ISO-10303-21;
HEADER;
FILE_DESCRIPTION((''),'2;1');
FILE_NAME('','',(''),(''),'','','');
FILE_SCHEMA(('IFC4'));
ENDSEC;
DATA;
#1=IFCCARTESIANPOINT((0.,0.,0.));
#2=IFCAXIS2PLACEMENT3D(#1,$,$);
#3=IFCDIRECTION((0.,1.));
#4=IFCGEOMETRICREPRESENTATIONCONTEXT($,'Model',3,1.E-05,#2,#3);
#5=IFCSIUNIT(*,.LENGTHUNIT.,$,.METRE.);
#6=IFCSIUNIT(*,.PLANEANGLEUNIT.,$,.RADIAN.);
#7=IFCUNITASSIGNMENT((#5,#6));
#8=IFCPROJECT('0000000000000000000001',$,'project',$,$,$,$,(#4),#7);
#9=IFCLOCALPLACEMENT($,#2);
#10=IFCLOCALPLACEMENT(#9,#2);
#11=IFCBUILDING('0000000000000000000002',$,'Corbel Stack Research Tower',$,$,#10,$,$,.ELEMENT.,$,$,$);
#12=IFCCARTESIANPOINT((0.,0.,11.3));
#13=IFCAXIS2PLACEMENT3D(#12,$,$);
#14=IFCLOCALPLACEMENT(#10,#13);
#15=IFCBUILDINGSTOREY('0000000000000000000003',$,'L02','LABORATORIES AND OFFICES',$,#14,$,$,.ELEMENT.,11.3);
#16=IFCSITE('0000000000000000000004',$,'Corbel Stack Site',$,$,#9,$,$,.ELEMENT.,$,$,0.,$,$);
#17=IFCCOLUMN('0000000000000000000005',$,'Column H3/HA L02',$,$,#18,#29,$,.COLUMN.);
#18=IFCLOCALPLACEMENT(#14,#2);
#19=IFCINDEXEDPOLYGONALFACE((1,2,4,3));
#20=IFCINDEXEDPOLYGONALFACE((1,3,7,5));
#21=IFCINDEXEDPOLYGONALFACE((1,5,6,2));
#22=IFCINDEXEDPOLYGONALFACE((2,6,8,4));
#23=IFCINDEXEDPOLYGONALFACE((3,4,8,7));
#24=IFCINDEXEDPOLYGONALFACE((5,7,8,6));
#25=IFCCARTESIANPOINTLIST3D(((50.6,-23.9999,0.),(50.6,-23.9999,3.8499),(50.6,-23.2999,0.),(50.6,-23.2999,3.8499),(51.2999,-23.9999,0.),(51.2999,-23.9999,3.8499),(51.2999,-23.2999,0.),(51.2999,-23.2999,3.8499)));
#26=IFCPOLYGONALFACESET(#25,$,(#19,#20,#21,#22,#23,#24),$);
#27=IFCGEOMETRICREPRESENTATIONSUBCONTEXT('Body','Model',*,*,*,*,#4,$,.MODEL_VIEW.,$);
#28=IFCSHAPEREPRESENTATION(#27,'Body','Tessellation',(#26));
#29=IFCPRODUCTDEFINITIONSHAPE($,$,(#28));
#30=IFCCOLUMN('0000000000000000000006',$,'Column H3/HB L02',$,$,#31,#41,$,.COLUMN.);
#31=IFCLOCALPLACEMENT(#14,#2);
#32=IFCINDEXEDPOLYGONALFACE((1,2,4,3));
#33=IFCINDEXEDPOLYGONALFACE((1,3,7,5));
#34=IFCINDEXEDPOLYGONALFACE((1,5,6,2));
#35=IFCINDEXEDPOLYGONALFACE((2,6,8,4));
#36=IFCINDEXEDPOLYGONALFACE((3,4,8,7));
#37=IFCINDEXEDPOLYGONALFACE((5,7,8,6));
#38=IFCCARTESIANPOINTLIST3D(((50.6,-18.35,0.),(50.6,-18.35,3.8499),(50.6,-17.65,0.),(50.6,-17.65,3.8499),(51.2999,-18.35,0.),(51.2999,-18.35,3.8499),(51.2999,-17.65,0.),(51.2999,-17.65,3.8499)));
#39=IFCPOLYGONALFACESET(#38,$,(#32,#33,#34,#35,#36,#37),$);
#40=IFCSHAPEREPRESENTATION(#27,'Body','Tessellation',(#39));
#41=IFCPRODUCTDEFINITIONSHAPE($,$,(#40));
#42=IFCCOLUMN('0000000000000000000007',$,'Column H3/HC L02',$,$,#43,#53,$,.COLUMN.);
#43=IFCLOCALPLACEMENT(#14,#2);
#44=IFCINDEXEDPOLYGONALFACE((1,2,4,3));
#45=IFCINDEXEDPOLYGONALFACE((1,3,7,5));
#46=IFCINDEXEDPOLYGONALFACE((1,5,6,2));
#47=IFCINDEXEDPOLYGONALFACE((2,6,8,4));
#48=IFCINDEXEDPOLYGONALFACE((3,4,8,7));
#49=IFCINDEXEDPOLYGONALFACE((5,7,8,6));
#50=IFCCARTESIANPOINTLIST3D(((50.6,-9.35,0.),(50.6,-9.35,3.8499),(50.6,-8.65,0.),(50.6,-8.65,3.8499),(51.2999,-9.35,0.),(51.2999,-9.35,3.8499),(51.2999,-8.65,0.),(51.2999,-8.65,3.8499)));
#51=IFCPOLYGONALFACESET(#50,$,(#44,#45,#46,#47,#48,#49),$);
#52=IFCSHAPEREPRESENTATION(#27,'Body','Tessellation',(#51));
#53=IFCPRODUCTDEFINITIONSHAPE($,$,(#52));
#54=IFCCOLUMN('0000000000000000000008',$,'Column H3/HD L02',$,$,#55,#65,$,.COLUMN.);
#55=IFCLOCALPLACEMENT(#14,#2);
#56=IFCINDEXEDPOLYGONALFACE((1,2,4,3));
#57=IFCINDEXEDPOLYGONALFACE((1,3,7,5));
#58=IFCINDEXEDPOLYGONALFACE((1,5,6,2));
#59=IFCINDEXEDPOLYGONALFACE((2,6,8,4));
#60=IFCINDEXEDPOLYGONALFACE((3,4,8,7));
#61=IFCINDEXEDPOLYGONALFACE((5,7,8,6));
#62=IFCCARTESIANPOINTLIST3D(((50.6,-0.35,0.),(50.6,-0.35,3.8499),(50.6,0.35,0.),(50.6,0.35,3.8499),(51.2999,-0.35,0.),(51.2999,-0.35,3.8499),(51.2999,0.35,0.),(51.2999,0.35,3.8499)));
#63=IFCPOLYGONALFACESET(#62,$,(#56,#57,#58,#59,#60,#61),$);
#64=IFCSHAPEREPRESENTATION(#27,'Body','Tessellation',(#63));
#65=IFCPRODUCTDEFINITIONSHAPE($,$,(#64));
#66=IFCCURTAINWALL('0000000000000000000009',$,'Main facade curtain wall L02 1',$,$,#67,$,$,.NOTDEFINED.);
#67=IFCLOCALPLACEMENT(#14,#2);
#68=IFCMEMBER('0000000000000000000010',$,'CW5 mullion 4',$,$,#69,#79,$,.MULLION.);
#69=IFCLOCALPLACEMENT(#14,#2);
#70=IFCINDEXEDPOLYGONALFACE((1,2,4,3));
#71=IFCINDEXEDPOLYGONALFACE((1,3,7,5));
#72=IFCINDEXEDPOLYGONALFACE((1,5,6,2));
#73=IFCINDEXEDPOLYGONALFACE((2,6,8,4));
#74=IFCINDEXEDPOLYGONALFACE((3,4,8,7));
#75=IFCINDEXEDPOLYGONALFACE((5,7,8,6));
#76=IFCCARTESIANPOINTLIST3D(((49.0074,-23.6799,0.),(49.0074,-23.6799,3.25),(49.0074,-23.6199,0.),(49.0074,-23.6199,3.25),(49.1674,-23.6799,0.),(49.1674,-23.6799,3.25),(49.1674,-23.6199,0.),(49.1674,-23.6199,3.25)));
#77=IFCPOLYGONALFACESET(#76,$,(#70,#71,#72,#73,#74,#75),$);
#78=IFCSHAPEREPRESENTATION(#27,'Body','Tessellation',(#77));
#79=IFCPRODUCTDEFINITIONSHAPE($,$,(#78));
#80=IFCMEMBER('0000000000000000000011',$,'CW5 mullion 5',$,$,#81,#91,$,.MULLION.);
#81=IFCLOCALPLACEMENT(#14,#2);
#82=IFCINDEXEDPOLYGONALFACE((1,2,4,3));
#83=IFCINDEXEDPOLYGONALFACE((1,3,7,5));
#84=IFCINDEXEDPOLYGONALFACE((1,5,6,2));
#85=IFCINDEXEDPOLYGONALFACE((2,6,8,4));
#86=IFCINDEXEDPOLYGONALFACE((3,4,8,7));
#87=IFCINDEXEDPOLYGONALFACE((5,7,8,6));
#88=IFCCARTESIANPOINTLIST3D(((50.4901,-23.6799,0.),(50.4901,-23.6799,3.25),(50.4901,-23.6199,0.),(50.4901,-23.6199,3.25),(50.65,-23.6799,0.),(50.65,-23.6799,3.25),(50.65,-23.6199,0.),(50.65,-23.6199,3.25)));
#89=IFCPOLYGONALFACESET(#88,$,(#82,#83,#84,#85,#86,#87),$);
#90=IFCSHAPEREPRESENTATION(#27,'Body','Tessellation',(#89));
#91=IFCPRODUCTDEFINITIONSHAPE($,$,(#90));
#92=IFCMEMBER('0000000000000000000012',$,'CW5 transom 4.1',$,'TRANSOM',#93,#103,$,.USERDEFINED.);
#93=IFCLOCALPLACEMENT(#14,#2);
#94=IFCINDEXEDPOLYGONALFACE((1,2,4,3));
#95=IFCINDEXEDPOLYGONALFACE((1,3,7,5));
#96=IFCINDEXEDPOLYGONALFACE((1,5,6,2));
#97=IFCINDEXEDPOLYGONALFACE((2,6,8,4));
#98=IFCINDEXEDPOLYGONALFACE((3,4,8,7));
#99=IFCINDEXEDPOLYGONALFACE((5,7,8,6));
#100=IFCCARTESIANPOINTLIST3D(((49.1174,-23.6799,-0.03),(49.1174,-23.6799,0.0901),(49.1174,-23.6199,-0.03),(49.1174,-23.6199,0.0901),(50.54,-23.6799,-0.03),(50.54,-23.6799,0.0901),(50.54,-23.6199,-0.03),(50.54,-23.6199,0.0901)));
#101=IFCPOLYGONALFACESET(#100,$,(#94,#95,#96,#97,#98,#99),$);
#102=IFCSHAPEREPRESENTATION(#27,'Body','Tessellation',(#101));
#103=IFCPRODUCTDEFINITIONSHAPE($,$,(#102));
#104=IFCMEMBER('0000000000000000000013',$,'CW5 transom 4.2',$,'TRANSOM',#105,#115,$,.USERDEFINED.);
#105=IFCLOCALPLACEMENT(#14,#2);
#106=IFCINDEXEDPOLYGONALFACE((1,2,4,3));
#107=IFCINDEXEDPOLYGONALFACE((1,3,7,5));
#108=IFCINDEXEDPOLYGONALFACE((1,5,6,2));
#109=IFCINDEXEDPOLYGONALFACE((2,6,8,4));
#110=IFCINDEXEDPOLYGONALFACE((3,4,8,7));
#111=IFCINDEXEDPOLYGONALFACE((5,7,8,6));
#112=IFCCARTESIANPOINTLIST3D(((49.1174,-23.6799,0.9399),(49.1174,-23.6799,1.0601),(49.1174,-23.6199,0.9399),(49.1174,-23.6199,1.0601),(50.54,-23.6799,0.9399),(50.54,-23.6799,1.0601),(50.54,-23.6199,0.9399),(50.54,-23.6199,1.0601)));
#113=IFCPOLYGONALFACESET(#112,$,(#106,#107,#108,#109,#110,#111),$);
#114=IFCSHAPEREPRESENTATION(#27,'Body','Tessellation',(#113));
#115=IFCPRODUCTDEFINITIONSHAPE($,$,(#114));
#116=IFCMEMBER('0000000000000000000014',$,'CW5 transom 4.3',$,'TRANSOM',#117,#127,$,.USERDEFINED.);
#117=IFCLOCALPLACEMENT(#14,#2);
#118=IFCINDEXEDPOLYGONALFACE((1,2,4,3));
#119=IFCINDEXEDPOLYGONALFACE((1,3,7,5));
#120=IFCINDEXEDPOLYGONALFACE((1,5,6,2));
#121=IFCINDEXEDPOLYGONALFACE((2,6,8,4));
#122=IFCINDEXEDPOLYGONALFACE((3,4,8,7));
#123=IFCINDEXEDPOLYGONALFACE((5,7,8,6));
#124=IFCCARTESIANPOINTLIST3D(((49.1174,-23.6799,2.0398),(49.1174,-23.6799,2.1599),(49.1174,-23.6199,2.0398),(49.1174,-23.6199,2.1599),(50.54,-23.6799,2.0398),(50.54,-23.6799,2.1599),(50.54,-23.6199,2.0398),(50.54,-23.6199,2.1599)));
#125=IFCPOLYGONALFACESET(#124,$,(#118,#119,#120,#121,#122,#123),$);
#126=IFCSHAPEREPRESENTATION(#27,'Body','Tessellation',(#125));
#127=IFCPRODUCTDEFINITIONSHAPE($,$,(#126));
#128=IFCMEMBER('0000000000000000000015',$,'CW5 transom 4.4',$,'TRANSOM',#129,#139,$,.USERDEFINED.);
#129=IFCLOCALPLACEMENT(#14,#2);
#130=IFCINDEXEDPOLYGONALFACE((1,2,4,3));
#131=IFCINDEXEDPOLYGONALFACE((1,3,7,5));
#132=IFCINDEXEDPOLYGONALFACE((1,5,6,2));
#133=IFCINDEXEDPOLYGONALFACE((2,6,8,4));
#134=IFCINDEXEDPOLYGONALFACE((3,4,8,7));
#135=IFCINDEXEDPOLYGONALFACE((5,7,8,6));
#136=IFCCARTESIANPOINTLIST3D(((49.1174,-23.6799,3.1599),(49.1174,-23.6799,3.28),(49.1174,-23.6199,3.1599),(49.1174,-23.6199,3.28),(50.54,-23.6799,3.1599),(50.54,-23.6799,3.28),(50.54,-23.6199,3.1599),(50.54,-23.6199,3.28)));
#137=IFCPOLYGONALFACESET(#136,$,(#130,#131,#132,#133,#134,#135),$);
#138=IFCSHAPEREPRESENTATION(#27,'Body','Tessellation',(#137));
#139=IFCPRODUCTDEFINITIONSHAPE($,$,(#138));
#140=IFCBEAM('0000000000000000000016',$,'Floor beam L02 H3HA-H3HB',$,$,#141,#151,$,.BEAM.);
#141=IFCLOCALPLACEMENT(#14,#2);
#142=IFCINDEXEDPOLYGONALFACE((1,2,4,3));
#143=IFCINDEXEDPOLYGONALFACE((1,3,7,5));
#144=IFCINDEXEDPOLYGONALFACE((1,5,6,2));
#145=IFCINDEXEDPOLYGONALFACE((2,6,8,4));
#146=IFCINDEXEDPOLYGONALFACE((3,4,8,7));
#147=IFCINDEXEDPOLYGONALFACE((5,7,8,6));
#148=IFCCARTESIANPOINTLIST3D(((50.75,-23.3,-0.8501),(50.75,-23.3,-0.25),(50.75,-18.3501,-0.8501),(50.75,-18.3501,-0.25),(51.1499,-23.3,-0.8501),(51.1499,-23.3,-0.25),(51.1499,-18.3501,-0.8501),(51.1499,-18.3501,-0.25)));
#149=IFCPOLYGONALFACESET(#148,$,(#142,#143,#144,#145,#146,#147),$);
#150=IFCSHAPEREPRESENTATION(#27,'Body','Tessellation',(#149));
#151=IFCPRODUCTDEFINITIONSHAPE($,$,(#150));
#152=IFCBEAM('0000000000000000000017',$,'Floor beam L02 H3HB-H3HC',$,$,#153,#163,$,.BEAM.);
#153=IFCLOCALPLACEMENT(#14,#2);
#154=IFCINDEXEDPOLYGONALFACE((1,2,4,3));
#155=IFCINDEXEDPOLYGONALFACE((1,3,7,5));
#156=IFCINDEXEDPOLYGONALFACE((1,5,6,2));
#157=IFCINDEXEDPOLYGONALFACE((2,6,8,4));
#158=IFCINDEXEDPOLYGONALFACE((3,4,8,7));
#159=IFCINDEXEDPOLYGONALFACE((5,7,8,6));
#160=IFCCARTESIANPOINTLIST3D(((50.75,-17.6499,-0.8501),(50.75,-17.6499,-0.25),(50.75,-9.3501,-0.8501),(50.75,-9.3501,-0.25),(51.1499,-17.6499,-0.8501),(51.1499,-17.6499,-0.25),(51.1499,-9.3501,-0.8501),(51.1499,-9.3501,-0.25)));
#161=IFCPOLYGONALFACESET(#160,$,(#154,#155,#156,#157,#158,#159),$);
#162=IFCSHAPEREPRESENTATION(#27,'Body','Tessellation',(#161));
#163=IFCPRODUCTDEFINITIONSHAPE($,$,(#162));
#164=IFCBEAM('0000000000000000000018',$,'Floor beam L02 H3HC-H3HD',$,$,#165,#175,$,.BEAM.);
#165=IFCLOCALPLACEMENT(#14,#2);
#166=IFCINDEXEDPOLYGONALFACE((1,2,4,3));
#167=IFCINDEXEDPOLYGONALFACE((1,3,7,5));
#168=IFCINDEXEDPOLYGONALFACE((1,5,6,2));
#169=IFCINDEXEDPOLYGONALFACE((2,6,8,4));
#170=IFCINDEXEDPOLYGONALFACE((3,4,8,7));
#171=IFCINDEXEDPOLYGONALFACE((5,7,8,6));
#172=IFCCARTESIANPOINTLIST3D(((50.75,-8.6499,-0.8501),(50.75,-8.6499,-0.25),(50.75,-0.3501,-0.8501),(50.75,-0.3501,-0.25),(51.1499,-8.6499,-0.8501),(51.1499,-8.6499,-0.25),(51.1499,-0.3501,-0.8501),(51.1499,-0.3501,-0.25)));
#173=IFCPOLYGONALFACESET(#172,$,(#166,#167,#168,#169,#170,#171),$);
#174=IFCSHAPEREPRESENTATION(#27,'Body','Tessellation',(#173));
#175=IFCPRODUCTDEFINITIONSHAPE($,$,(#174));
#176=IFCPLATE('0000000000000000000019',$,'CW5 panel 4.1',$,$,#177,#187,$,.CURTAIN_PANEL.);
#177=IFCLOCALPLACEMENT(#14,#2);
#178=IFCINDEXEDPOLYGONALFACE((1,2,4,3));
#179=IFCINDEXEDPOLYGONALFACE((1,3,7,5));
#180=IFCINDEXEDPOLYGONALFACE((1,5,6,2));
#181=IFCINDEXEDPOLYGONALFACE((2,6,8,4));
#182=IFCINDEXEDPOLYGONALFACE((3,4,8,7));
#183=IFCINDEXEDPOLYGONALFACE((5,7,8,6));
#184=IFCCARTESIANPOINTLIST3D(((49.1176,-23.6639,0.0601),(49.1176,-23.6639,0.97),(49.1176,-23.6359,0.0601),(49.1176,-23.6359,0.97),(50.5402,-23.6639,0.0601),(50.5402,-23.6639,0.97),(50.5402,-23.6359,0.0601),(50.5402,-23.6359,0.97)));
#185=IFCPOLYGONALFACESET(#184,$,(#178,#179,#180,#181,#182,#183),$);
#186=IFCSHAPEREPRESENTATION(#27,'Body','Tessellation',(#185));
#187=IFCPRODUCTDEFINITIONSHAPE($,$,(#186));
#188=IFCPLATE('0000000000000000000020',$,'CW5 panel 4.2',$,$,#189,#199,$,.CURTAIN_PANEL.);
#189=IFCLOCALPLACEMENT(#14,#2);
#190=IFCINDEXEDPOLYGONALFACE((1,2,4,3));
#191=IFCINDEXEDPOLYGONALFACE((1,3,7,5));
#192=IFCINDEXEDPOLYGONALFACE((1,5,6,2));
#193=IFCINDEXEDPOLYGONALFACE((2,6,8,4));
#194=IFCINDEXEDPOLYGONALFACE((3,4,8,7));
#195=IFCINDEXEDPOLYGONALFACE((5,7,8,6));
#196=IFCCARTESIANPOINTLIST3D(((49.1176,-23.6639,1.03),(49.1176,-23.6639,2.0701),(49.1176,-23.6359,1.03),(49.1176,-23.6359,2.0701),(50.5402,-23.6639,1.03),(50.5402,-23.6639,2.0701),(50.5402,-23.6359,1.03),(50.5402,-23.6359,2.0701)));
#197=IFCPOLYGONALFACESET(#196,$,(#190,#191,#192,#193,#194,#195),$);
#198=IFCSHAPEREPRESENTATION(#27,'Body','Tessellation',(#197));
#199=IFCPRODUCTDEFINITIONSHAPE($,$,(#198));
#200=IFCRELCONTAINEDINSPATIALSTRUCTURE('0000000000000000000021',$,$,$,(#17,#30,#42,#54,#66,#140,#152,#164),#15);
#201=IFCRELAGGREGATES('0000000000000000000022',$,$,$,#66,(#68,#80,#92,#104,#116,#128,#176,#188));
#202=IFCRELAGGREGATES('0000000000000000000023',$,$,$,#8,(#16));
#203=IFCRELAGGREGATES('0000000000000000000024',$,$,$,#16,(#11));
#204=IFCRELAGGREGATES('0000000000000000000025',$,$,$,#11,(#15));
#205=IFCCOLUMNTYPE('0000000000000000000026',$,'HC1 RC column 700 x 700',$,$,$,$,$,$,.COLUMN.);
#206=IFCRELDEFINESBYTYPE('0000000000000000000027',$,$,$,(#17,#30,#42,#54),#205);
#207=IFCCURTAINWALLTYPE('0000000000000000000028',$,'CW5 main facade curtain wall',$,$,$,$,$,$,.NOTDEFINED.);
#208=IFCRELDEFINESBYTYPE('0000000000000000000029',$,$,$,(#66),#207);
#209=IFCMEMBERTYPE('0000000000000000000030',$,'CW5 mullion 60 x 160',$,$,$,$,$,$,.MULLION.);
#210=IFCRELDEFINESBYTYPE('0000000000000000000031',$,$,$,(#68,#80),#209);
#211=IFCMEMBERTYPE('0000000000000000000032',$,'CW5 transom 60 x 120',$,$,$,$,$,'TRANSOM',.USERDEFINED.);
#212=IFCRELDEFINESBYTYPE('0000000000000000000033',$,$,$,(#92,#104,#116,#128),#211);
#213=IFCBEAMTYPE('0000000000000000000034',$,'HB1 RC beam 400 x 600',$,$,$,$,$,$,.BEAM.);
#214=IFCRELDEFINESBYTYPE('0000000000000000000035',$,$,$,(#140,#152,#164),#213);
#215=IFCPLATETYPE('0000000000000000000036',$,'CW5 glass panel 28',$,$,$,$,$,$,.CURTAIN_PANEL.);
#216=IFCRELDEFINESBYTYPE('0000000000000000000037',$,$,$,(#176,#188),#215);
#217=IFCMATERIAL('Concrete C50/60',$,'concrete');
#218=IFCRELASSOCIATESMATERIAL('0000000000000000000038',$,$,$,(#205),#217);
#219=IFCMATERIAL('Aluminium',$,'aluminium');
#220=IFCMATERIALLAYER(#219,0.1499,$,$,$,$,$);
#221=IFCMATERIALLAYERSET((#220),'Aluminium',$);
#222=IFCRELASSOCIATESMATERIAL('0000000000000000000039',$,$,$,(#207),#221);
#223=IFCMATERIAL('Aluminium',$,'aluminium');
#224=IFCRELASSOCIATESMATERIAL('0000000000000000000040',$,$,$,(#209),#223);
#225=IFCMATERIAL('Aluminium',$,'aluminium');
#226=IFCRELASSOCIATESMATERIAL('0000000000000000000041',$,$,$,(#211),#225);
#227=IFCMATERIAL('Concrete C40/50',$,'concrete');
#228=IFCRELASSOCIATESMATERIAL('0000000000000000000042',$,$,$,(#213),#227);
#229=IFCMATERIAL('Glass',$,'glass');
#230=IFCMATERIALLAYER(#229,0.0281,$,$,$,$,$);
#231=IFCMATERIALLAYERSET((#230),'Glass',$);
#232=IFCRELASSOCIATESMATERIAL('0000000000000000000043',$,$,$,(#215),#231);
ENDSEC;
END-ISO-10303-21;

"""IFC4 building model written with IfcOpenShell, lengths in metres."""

from ifc_helpers import new_model, si_unit, direction, frame, origin, origin_2d, place, context, subcontext, project, spatial, rectangle, extrude, material, layer, layer_set, material_profile, profile_set, type_object, element, aggregate, save


model = new_model("IFC4")

# Units and contexts
model_context = context("Model", 3, precision=1e-05, world=origin(), true_north=direction((0.0, 1.0)))
body_context = subcontext(model_context, "Body", "Model", "MODEL_VIEW")
ifc_project = project(units=[si_unit("LENGTHUNIT", "METRE"), si_unit("PLANEANGLEUNIT", "RADIAN")], contexts=[model_context])

# Site, building, storey
site_placement = place(None, origin())
site = spatial("IfcSite", under=ifc_project, at=site_placement, Name="Corbel Stack Site", CompositionType="ELEMENT", RefElevation=0.0)
building_placement = place(site_placement, origin())
building = spatial("IfcBuilding", under=site, at=building_placement, Name="Corbel Stack Research Tower", CompositionType="ELEMENT")
storey_placement = place(building_placement, frame((0.0, 0.0, 11.3)))
storey = spatial("IfcBuildingStorey", under=building, at=storey_placement, Name="L02", Description="LABORATORIES AND OFFICES", CompositionType="ELEMENT", Elevation=11.3)

# Columns
ifc_material_1 = material(Name="Concrete C50/60", Category="concrete")
ifc_material_profile_1 = material_profile(ifc_material_1, rectangle(XDim=0.7, YDim=0.7, at=origin_2d()), Name="RC 700 x 700")
ifc_profile_set_1 = profile_set([ifc_material_profile_1], Name="Concrete C50/60")
column_type = type_object("IfcColumnType", Name="HC1 RC column 700 x 700", PredefinedType="COLUMN", material=ifc_profile_set_1)
for number, where, z_axis, x_axis, name in (
    (1, (50.95, -23.6499, 0.0), (0.0, 0.0, 1.0), (1.0, 0.0, 0.0), "Column H3/HA L02"),
    (2, (50.95, -18.0, 0.0), (0.0, 0.0, 1.0), (1.0, 0.0, 0.0), "Column H3/HB L02"),
    (3, (50.95, -9.0, 0.0), (0.0, 0.0, 1.0), (1.0, 0.0, 0.0), "Column H3/HC L02"),
    (4, (50.95, 0.0, 0.0), (0.0, 0.0, 1.0), (1.0, 0.0, 0.0), "Column H3/HD L02"),
):
    element("IfcColumn", number, at=place(storey_placement, frame(where, z_axis=z_axis, x_axis=x_axis)), inside=storey, type_object=column_type, Name=name, PredefinedType="COLUMN", context=body_context, shape_type="SweptSolid", body=[
        extrude(rectangle(XDim=0.7, YDim=0.7, at=origin_2d()), origin(), (0.0, 0.0, 1.0), 3.8499),
    ])

# Curtain wall, members
ifc_material_2 = material(Name="Aluminium", Category="aluminium")
ifc_layer_1 = layer(ifc_material_2, 0.1499)
ifc_layer_set_1 = layer_set([ifc_layer_1], Name="Aluminium")
curtain_wall_type = type_object("IfcCurtainWallType", Name="CW5 main facade curtain wall", PredefinedType="NOTDEFINED", material=ifc_layer_set_1)
curtain_wall_placement = place(storey_placement, origin())
curtain_wall = element("IfcCurtainWall", 5, at=curtain_wall_placement, inside=storey, type_object=curtain_wall_type, Name="Main facade curtain wall L02 1", PredefinedType="NOTDEFINED")
ifc_material_3 = material(Name="Aluminium", Category="aluminium")
ifc_material_profile_2 = material_profile(ifc_material_3, rectangle(XDim=0.0601, YDim=0.1599, at=origin_2d()), Name="Mullion 60 x 160")
ifc_profile_set_2 = profile_set([ifc_material_profile_2], Name="Aluminium")
member_type_1 = type_object("IfcMemberType", Name="CW5 mullion 60 x 160", PredefinedType="MULLION", material=ifc_profile_set_2)
member_1_placement = place(storey_placement, frame((49.0874, -23.6499, 0.0), z_axis=(0.0, 0.0, 1.0), x_axis=(0.0, 1.0, 0.0)))
member_1 = element("IfcMember", 6, at=member_1_placement, type_object=member_type_1, Name="CW5 mullion 4", PredefinedType="MULLION", context=body_context, shape_type="SweptSolid", body=[
    extrude(rectangle(XDim=0.0601, YDim=0.1599, at=origin_2d()), origin(), (0.0, 0.0, 1.0), 3.25),
])
member_2_placement = place(storey_placement, frame((50.5701, -23.6499, 0.0), z_axis=(0.0, 0.0, 1.0), x_axis=(0.0, 1.0, 0.0)))
member_2 = element("IfcMember", 7, at=member_2_placement, type_object=member_type_1, Name="CW5 mullion 5", PredefinedType="MULLION", context=body_context, shape_type="SweptSolid", body=[
    extrude(rectangle(XDim=0.0601, YDim=0.1599, at=origin_2d()), origin(), (0.0, 0.0, 1.0), 3.25),
])
ifc_material_4 = material(Name="Aluminium", Category="aluminium")
ifc_material_profile_3 = material_profile(ifc_material_4, rectangle(XDim=0.0601, YDim=0.1201, at=origin_2d()), Name="Transom 60 x 120")
ifc_profile_set_3 = profile_set([ifc_material_profile_3], Name="Aluminium")
member_type_2 = type_object("IfcMemberType", Name="CW5 transom 60 x 120", ElementType="TRANSOM", PredefinedType="USERDEFINED", material=ifc_profile_set_3)
member_3_placement = place(storey_placement, frame((49.1174, -23.6499, 0.03), z_axis=(1.0, 0.0, 0.0), x_axis=(0.0, 1.0, 0.0)))
member_3 = element("IfcMember", 8, at=member_3_placement, type_object=member_type_2, Name="CW5 transom 4.1", ObjectType="TRANSOM", PredefinedType="USERDEFINED", context=body_context, shape_type="SweptSolid", body=[
    extrude(rectangle(XDim=0.0601, YDim=0.1201, at=origin_2d()), origin(), (0.0, 0.0, 1.0), 1.4226),
])
member_4_placement = place(storey_placement, frame((49.1174, -23.6499, 1.0), z_axis=(1.0, 0.0, 0.0), x_axis=(0.0, 1.0, 0.0)))
member_4 = element("IfcMember", 9, at=member_4_placement, type_object=member_type_2, Name="CW5 transom 4.2", ObjectType="TRANSOM", PredefinedType="USERDEFINED", context=body_context, shape_type="SweptSolid", body=[
    extrude(rectangle(XDim=0.0601, YDim=0.1201, at=origin_2d()), origin(), (0.0, 0.0, 1.0), 1.4226),
])
member_5_placement = place(storey_placement, frame((49.1174, -23.6499, 2.0999), z_axis=(1.0, 0.0, 0.0), x_axis=(0.0, 1.0, 0.0)))
member_5 = element("IfcMember", 10, at=member_5_placement, type_object=member_type_2, Name="CW5 transom 4.3", ObjectType="TRANSOM", PredefinedType="USERDEFINED", context=body_context, shape_type="SweptSolid", body=[
    extrude(rectangle(XDim=0.0601, YDim=0.1201, at=origin_2d()), origin(), (0.0, 0.0, 1.0), 1.4226),
])
member_6_placement = place(storey_placement, frame((49.1174, -23.6499, 3.22), z_axis=(1.0, 0.0, 0.0), x_axis=(0.0, 1.0, 0.0)))
member_6 = element("IfcMember", 11, at=member_6_placement, type_object=member_type_2, Name="CW5 transom 4.4", ObjectType="TRANSOM", PredefinedType="USERDEFINED", context=body_context, shape_type="SweptSolid", body=[
    extrude(rectangle(XDim=0.0601, YDim=0.1201, at=origin_2d()), origin(), (0.0, 0.0, 1.0), 1.4226),
])

# Beams
ifc_material_5 = material(Name="Concrete C40/50", Category="concrete")
ifc_material_profile_4 = material_profile(ifc_material_5, rectangle(XDim=0.3999, YDim=0.6001, at=origin_2d()), Name="RC 400 x 600")
ifc_profile_set_4 = profile_set([ifc_material_profile_4], Name="Concrete C40/50")
beam_type = type_object("IfcBeamType", Name="HB1 RC beam 400 x 600", PredefinedType="BEAM", material=ifc_profile_set_4)
beam_placement = place(storey_placement, frame((50.95, -23.3, -0.55), z_axis=(0.0, 1.0, 0.0), x_axis=(-1.0, 0.0, 0.0)))
element("IfcBeam", 12, at=beam_placement, inside=storey, type_object=beam_type, Name="Floor beam L02 H3HA-H3HB", PredefinedType="BEAM", context=body_context, shape_type="SweptSolid", body=[
    extrude(rectangle(XDim=0.3999, YDim=0.6001, at=origin_2d()), origin(), (0.0, 0.0, 1.0), 4.95),
])
for number, where, z_axis, x_axis, name in (
    (13, (50.95, -17.6499, -0.55), (0.0, 1.0, 0.0), (-1.0, 0.0, 0.0), "Floor beam L02 H3HB-H3HC"),
    (14, (50.95, -8.6499, -0.55), (0.0, 1.0, 0.0), (-1.0, 0.0, 0.0), "Floor beam L02 H3HC-H3HD"),
):
    element("IfcBeam", number, at=place(storey_placement, frame(where, z_axis=z_axis, x_axis=x_axis)), inside=storey, type_object=beam_type, Name=name, PredefinedType="BEAM", context=body_context, shape_type="SweptSolid", body=[
        extrude(rectangle(XDim=0.3999, YDim=0.6001, at=origin_2d()), origin(), (0.0, 0.0, 1.0), 8.2998),
    ])

# Plates
ifc_material_6 = material(Name="Glass", Category="glass")
ifc_layer_2 = layer(ifc_material_6, 0.0281)
ifc_layer_set_2 = layer_set([ifc_layer_2], Name="Glass")
plate_type = type_object("IfcPlateType", Name="CW5 glass panel 28", PredefinedType="CURTAIN_PANEL", material=ifc_layer_set_2)
plate_1_placement = place(storey_placement, frame((49.8289, -23.6499, 0.0601), z_axis=(0.0, 0.0, 1.0), x_axis=(1.0, 0.0, 0.0)))
plate_1 = element("IfcPlate", 15, at=plate_1_placement, type_object=plate_type, Name="CW5 panel 4.1", PredefinedType="CURTAIN_PANEL", context=body_context, shape_type="SweptSolid", body=[
    extrude(rectangle(XDim=1.4226, YDim=0.0281, at=origin_2d()), origin(), (0.0, 0.0, 1.0), 0.9099),
])
plate_2_placement = place(storey_placement, frame((49.8289, -23.6499, 1.03), z_axis=(0.0, 0.0, 1.0), x_axis=(1.0, 0.0, 0.0)))
plate_2 = element("IfcPlate", 16, at=plate_2_placement, type_object=plate_type, Name="CW5 panel 4.2", PredefinedType="CURTAIN_PANEL", context=body_context, shape_type="SweptSolid", body=[
    extrude(rectangle(XDim=1.4226, YDim=0.0281, at=origin_2d()), origin(), (0.0, 0.0, 1.0), 1.04),
])
aggregate(curtain_wall, [member_1, member_2, member_3, member_4, member_5, member_6, plate_1, plate_2])

save(model, "model.ifc")
